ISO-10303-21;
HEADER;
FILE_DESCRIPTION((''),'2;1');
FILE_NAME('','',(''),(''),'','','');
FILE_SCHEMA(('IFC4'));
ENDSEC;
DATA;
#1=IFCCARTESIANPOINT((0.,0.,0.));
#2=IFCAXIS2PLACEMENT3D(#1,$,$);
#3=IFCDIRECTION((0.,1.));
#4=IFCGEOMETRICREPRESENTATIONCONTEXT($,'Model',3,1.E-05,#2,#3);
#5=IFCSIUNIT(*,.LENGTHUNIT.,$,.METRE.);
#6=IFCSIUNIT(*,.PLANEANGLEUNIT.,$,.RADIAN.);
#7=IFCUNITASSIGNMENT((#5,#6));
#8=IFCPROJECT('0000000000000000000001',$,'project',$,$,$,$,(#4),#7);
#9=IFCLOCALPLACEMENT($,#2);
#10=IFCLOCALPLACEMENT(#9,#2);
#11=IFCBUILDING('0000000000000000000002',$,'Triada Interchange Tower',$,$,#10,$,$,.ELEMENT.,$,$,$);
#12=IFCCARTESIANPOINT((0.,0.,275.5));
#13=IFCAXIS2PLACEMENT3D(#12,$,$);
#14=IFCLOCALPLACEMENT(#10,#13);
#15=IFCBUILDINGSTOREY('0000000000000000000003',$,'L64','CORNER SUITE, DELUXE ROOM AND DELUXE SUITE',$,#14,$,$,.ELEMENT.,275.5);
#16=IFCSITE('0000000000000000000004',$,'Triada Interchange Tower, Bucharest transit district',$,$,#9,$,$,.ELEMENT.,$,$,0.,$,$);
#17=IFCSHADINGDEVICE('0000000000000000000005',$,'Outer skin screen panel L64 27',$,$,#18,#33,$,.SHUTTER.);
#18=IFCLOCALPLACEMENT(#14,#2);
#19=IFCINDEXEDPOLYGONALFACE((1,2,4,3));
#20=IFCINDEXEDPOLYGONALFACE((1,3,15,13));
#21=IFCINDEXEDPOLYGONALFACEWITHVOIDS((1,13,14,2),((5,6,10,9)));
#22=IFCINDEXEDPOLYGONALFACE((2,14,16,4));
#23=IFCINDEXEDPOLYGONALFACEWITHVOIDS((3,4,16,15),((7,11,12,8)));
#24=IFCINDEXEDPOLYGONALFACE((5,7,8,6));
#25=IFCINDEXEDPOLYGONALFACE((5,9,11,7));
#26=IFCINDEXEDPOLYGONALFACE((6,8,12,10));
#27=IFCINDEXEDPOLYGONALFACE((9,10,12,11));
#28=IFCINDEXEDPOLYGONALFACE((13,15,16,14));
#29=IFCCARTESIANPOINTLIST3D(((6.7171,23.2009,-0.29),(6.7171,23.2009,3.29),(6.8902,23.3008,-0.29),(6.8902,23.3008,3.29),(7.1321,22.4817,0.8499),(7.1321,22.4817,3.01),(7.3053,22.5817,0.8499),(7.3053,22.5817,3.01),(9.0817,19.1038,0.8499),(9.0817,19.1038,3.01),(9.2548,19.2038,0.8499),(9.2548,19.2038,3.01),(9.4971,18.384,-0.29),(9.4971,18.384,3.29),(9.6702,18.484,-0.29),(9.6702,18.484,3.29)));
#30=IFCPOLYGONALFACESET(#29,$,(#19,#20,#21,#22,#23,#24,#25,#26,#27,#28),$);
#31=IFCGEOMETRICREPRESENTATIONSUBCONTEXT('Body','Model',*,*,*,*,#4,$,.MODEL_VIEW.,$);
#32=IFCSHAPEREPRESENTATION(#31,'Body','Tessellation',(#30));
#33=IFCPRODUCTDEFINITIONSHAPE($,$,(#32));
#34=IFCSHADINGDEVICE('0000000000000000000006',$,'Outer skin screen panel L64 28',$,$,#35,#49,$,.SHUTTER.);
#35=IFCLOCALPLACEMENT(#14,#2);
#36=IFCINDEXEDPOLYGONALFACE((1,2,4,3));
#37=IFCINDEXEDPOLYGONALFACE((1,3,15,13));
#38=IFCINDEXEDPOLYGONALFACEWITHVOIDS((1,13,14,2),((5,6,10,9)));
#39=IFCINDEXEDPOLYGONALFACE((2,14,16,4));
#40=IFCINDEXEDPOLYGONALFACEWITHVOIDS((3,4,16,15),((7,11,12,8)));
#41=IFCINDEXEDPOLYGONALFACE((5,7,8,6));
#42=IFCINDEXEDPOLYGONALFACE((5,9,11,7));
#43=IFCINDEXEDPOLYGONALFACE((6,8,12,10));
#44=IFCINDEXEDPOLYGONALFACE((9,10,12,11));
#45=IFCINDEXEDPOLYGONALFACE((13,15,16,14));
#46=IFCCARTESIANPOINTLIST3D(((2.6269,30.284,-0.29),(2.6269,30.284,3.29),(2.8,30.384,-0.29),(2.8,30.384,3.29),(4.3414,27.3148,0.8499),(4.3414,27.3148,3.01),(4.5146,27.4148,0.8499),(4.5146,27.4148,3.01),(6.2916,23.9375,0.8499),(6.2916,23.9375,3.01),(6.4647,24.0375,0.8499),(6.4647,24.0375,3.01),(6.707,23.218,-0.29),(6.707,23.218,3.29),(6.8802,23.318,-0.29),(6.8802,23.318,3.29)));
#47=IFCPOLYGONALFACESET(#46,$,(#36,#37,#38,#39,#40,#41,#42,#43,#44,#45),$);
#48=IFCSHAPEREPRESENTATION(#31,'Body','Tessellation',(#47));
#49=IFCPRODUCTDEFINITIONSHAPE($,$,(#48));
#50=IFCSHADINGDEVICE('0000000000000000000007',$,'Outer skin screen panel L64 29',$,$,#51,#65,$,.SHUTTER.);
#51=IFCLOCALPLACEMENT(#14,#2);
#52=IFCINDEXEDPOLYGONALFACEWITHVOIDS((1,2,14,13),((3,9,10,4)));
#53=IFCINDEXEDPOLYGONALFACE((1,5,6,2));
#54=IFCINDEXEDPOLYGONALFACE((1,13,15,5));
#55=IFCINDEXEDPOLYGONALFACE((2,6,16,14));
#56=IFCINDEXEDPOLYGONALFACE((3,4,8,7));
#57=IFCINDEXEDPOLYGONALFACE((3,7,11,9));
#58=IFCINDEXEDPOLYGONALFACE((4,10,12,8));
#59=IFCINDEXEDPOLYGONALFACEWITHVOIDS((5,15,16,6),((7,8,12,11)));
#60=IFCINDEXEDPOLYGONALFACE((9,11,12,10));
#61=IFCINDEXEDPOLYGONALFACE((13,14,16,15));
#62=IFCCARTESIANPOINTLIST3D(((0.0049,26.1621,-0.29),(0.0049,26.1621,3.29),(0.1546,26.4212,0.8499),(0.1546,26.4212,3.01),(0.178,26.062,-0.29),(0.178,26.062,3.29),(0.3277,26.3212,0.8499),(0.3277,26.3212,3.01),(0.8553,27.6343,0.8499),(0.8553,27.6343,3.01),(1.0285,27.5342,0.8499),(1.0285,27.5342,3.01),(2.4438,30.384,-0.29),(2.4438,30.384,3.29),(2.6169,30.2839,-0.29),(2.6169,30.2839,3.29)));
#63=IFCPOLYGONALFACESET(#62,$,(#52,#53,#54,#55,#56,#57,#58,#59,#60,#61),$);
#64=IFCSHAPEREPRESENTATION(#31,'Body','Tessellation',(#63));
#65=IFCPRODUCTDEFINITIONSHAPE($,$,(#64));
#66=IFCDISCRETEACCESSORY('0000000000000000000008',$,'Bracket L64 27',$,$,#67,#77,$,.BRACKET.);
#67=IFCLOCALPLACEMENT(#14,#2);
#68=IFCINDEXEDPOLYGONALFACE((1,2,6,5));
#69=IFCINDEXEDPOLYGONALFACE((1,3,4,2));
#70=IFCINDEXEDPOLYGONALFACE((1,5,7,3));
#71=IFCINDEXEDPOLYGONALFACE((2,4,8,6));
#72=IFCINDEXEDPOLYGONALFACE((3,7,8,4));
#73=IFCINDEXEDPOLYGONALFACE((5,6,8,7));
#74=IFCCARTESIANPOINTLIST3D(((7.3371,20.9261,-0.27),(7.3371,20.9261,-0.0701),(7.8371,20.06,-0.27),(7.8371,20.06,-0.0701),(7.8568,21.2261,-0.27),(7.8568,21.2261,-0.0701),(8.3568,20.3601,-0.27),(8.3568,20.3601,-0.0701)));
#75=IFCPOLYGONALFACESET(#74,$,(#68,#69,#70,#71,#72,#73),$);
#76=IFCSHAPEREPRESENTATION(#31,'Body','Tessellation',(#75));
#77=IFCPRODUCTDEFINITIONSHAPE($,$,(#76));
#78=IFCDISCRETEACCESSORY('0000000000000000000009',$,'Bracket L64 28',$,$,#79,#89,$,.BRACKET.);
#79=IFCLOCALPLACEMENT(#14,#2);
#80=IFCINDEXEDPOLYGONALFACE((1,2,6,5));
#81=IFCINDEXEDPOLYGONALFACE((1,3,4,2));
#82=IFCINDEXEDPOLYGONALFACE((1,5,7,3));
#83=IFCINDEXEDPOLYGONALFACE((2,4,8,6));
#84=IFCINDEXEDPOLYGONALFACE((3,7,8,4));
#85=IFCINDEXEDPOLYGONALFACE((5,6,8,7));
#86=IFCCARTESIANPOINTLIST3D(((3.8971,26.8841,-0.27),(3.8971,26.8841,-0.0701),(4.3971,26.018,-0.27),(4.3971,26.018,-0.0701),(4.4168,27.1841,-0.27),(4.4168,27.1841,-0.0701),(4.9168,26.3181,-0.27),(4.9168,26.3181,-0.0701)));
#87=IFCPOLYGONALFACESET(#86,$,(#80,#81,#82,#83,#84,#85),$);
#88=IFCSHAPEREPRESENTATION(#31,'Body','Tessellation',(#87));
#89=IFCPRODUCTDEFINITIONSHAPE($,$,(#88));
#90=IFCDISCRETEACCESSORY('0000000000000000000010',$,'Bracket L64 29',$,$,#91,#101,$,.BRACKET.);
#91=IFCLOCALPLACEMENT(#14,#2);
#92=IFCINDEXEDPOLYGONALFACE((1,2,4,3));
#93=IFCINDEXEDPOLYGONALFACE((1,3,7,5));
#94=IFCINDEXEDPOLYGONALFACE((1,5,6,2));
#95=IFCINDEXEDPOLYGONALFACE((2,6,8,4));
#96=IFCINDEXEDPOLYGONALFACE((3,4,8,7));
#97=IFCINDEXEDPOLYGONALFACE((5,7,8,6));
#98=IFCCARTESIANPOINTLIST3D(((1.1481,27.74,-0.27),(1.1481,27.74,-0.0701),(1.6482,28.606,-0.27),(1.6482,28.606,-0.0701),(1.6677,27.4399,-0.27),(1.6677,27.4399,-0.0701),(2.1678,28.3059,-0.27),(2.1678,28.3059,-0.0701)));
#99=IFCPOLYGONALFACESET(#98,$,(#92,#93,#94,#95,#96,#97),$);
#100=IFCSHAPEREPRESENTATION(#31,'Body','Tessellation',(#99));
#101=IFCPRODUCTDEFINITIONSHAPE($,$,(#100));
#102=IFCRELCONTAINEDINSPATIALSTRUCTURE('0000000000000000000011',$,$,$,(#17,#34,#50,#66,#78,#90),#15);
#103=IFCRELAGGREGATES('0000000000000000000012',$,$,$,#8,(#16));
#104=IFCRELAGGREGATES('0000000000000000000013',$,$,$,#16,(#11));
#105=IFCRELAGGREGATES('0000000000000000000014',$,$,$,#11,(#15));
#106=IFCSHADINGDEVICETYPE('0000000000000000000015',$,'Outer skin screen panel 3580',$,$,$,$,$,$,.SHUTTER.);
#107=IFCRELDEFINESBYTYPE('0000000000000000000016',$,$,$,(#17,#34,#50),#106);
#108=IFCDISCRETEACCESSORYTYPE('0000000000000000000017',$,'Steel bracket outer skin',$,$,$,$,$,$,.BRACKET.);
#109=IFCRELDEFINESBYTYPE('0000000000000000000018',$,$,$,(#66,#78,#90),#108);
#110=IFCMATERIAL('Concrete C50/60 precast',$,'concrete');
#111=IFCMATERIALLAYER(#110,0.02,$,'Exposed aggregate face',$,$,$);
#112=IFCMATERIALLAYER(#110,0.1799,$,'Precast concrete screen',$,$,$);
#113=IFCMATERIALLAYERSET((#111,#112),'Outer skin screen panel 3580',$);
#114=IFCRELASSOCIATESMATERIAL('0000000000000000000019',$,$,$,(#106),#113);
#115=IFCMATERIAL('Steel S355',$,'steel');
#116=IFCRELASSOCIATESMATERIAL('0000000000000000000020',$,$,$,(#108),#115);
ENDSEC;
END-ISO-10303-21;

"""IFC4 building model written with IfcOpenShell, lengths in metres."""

from ifc_helpers import new_model, si_unit, direction, frame, origin, origin_2d, place, context, subcontext, project, spatial, polyline, rectangle, outline, extrude, material, layer, layer_set, type_object, element, save


model = new_model("IFC4")

# Units and contexts
model_context = context("Model", 3, precision=1e-05, world=origin(), true_north=direction((0.0, 1.0)))
body_context = subcontext(model_context, "Body", "Model", "MODEL_VIEW")
ifc_project = project(units=[si_unit("LENGTHUNIT", "METRE"), si_unit("PLANEANGLEUNIT", "RADIAN")], contexts=[model_context])

# Site, building, storey
site_placement = place(None, origin())
site = spatial("IfcSite", under=ifc_project, at=site_placement, Name="Triada Interchange Tower, Bucharest transit district", CompositionType="ELEMENT", RefElevation=0.0)
building_placement = place(site_placement, origin())
building = spatial("IfcBuilding", under=site, at=building_placement, Name="Triada Interchange Tower", CompositionType="ELEMENT")
storey_placement = place(building_placement, frame((0.0, 0.0, 275.5)))
storey = spatial("IfcBuildingStorey", under=building, at=storey_placement, Name="L64", Description="CORNER SUITE, DELUXE ROOM AND DELUXE SUITE", CompositionType="ELEMENT", Elevation=275.5)

# Shading devices
ifc_material_1 = material(Name="Concrete C50/60 precast", Category="concrete")
ifc_layer_1 = layer(ifc_material_1, 0.02, Name="Exposed aggregate face")
ifc_layer_2 = layer(ifc_material_1, 0.1799, Name="Precast concrete screen")
ifc_layer_set_1 = layer_set([ifc_layer_1, ifc_layer_2], Name="Outer skin screen panel 3580")
shading_device_type = type_object("IfcShadingDeviceType", Name="Outer skin screen panel 3580", PredefinedType="SHUTTER", material=ifc_layer_set_1)
shading_device_1_placement = place(storey_placement, frame((9.4971, 18.384, -0.29), z_axis=(0.0, 0.0, 1.0), x_axis=(-0.499864, 0.866104, 0.0)))
element("IfcShadingDevice", 1, at=shading_device_1_placement, inside=storey, type_object=shading_device_type, Name="Outer skin screen panel L64 27", PredefinedType="SHUTTER", context=body_context, shape_type="SweptSolid", body=[
    extrude(outline(polyline([(0.0, 0.0), (5.5615, 0.0), (5.5615, 3.5801), (0.0, 3.5801), (0.0, 0.0)]), holes=[polyline([(0.8311, 1.1399), (0.8311, 3.3), (4.7312, 3.3), (4.7312, 1.1399), (0.8311, 1.1399)])]), frame((0.0, 0.0, 0.0), z_axis=(0.0, -1.0, 0.0), x_axis=(1.0, 0.0, 0.0)), (0.0, 0.0, 1.0), 0.2),
])
shading_device_2_placement = place(storey_placement, frame((6.707, 23.218, -0.29), z_axis=(0.0, 0.0, 1.0), x_axis=(-0.500052, 0.865995, 0.0)))
element("IfcShadingDevice", 2, at=shading_device_2_placement, inside=storey, type_object=shading_device_type, Name="Outer skin screen panel L64 28", PredefinedType="SHUTTER", context=body_context, shape_type="SweptSolid", body=[
    extrude(outline(polyline([(0.0, 0.0), (8.1594, 0.0), (8.1594, 3.5801), (0.0, 3.5801), (0.0, 0.0)]), holes=[polyline([(0.8308, 1.1399), (0.8308, 3.3), (4.7307, 3.3), (4.7307, 1.1399), (0.8308, 1.1399)])]), frame((0.0, 0.0, 0.0), z_axis=(0.0, -1.0, 0.0), x_axis=(1.0, 0.0, 0.0)), (0.0, 0.0, 1.0), 0.2),
])
shading_device_3_placement = place(storey_placement, frame((2.6169, 30.2839, -0.29), z_axis=(0.0, 0.0, 1.0), x_axis=(-0.500221, -0.865898, 0.0)))
element("IfcShadingDevice", 3, at=shading_device_3_placement, inside=storey, type_object=shading_device_type, Name="Outer skin screen panel L64 29", PredefinedType="SHUTTER", context=body_context, shape_type="SweptSolid", body=[
    extrude(outline(polyline([(0.0, 0.0), (4.8757, 0.0), (4.8757, 3.5801), (0.0, 3.5801), (0.0, 0.0)]), holes=[polyline([(3.1755, 1.1399), (3.1755, 3.3), (4.5764, 3.3), (4.5764, 1.1399), (3.1755, 1.1399)])]), frame((0.0, 0.0, 0.0), z_axis=(0.0, -1.0, 0.0), x_axis=(1.0, 0.0, 0.0)), (0.0, 0.0, 1.0), 0.2),
])

# Discrete accessories
ifc_material_2 = material(Name="Steel S355", Category="steel")
discrete_accessory_type = type_object("IfcDiscreteAccessoryType", Name="Steel bracket outer skin", PredefinedType="BRACKET", material=ifc_material_2)
for number, where, z_axis, x_axis, name in (
    (4, (7.8469, 20.6431, -0.27), (0.0, 0.0, 1.0), (0.866029, 0.499994, 0.0), "Bracket L64 27"),
    (5, (4.407, 26.6011, -0.27), (0.0, 0.0, 1.0), (0.866029, 0.499994, 0.0), "Bracket L64 28"),
    (6, (1.658, 28.0229, -0.27), (0.0, 0.0, 1.0), (-0.865957, 0.500119, 0.0), "Bracket L64 29"),
):
    element("IfcDiscreteAccessory", number, at=place(storey_placement, frame(where, z_axis=z_axis, x_axis=x_axis)), inside=storey, type_object=discrete_accessory_type, Name=name, PredefinedType="BRACKET", context=body_context, shape_type="SweptSolid", body=[
        extrude(rectangle(XDim=0.6001, YDim=1.0, at=origin_2d()), origin(), (0.0, 0.0, 1.0), 0.2),
    ])

save(model, "model.ifc")
